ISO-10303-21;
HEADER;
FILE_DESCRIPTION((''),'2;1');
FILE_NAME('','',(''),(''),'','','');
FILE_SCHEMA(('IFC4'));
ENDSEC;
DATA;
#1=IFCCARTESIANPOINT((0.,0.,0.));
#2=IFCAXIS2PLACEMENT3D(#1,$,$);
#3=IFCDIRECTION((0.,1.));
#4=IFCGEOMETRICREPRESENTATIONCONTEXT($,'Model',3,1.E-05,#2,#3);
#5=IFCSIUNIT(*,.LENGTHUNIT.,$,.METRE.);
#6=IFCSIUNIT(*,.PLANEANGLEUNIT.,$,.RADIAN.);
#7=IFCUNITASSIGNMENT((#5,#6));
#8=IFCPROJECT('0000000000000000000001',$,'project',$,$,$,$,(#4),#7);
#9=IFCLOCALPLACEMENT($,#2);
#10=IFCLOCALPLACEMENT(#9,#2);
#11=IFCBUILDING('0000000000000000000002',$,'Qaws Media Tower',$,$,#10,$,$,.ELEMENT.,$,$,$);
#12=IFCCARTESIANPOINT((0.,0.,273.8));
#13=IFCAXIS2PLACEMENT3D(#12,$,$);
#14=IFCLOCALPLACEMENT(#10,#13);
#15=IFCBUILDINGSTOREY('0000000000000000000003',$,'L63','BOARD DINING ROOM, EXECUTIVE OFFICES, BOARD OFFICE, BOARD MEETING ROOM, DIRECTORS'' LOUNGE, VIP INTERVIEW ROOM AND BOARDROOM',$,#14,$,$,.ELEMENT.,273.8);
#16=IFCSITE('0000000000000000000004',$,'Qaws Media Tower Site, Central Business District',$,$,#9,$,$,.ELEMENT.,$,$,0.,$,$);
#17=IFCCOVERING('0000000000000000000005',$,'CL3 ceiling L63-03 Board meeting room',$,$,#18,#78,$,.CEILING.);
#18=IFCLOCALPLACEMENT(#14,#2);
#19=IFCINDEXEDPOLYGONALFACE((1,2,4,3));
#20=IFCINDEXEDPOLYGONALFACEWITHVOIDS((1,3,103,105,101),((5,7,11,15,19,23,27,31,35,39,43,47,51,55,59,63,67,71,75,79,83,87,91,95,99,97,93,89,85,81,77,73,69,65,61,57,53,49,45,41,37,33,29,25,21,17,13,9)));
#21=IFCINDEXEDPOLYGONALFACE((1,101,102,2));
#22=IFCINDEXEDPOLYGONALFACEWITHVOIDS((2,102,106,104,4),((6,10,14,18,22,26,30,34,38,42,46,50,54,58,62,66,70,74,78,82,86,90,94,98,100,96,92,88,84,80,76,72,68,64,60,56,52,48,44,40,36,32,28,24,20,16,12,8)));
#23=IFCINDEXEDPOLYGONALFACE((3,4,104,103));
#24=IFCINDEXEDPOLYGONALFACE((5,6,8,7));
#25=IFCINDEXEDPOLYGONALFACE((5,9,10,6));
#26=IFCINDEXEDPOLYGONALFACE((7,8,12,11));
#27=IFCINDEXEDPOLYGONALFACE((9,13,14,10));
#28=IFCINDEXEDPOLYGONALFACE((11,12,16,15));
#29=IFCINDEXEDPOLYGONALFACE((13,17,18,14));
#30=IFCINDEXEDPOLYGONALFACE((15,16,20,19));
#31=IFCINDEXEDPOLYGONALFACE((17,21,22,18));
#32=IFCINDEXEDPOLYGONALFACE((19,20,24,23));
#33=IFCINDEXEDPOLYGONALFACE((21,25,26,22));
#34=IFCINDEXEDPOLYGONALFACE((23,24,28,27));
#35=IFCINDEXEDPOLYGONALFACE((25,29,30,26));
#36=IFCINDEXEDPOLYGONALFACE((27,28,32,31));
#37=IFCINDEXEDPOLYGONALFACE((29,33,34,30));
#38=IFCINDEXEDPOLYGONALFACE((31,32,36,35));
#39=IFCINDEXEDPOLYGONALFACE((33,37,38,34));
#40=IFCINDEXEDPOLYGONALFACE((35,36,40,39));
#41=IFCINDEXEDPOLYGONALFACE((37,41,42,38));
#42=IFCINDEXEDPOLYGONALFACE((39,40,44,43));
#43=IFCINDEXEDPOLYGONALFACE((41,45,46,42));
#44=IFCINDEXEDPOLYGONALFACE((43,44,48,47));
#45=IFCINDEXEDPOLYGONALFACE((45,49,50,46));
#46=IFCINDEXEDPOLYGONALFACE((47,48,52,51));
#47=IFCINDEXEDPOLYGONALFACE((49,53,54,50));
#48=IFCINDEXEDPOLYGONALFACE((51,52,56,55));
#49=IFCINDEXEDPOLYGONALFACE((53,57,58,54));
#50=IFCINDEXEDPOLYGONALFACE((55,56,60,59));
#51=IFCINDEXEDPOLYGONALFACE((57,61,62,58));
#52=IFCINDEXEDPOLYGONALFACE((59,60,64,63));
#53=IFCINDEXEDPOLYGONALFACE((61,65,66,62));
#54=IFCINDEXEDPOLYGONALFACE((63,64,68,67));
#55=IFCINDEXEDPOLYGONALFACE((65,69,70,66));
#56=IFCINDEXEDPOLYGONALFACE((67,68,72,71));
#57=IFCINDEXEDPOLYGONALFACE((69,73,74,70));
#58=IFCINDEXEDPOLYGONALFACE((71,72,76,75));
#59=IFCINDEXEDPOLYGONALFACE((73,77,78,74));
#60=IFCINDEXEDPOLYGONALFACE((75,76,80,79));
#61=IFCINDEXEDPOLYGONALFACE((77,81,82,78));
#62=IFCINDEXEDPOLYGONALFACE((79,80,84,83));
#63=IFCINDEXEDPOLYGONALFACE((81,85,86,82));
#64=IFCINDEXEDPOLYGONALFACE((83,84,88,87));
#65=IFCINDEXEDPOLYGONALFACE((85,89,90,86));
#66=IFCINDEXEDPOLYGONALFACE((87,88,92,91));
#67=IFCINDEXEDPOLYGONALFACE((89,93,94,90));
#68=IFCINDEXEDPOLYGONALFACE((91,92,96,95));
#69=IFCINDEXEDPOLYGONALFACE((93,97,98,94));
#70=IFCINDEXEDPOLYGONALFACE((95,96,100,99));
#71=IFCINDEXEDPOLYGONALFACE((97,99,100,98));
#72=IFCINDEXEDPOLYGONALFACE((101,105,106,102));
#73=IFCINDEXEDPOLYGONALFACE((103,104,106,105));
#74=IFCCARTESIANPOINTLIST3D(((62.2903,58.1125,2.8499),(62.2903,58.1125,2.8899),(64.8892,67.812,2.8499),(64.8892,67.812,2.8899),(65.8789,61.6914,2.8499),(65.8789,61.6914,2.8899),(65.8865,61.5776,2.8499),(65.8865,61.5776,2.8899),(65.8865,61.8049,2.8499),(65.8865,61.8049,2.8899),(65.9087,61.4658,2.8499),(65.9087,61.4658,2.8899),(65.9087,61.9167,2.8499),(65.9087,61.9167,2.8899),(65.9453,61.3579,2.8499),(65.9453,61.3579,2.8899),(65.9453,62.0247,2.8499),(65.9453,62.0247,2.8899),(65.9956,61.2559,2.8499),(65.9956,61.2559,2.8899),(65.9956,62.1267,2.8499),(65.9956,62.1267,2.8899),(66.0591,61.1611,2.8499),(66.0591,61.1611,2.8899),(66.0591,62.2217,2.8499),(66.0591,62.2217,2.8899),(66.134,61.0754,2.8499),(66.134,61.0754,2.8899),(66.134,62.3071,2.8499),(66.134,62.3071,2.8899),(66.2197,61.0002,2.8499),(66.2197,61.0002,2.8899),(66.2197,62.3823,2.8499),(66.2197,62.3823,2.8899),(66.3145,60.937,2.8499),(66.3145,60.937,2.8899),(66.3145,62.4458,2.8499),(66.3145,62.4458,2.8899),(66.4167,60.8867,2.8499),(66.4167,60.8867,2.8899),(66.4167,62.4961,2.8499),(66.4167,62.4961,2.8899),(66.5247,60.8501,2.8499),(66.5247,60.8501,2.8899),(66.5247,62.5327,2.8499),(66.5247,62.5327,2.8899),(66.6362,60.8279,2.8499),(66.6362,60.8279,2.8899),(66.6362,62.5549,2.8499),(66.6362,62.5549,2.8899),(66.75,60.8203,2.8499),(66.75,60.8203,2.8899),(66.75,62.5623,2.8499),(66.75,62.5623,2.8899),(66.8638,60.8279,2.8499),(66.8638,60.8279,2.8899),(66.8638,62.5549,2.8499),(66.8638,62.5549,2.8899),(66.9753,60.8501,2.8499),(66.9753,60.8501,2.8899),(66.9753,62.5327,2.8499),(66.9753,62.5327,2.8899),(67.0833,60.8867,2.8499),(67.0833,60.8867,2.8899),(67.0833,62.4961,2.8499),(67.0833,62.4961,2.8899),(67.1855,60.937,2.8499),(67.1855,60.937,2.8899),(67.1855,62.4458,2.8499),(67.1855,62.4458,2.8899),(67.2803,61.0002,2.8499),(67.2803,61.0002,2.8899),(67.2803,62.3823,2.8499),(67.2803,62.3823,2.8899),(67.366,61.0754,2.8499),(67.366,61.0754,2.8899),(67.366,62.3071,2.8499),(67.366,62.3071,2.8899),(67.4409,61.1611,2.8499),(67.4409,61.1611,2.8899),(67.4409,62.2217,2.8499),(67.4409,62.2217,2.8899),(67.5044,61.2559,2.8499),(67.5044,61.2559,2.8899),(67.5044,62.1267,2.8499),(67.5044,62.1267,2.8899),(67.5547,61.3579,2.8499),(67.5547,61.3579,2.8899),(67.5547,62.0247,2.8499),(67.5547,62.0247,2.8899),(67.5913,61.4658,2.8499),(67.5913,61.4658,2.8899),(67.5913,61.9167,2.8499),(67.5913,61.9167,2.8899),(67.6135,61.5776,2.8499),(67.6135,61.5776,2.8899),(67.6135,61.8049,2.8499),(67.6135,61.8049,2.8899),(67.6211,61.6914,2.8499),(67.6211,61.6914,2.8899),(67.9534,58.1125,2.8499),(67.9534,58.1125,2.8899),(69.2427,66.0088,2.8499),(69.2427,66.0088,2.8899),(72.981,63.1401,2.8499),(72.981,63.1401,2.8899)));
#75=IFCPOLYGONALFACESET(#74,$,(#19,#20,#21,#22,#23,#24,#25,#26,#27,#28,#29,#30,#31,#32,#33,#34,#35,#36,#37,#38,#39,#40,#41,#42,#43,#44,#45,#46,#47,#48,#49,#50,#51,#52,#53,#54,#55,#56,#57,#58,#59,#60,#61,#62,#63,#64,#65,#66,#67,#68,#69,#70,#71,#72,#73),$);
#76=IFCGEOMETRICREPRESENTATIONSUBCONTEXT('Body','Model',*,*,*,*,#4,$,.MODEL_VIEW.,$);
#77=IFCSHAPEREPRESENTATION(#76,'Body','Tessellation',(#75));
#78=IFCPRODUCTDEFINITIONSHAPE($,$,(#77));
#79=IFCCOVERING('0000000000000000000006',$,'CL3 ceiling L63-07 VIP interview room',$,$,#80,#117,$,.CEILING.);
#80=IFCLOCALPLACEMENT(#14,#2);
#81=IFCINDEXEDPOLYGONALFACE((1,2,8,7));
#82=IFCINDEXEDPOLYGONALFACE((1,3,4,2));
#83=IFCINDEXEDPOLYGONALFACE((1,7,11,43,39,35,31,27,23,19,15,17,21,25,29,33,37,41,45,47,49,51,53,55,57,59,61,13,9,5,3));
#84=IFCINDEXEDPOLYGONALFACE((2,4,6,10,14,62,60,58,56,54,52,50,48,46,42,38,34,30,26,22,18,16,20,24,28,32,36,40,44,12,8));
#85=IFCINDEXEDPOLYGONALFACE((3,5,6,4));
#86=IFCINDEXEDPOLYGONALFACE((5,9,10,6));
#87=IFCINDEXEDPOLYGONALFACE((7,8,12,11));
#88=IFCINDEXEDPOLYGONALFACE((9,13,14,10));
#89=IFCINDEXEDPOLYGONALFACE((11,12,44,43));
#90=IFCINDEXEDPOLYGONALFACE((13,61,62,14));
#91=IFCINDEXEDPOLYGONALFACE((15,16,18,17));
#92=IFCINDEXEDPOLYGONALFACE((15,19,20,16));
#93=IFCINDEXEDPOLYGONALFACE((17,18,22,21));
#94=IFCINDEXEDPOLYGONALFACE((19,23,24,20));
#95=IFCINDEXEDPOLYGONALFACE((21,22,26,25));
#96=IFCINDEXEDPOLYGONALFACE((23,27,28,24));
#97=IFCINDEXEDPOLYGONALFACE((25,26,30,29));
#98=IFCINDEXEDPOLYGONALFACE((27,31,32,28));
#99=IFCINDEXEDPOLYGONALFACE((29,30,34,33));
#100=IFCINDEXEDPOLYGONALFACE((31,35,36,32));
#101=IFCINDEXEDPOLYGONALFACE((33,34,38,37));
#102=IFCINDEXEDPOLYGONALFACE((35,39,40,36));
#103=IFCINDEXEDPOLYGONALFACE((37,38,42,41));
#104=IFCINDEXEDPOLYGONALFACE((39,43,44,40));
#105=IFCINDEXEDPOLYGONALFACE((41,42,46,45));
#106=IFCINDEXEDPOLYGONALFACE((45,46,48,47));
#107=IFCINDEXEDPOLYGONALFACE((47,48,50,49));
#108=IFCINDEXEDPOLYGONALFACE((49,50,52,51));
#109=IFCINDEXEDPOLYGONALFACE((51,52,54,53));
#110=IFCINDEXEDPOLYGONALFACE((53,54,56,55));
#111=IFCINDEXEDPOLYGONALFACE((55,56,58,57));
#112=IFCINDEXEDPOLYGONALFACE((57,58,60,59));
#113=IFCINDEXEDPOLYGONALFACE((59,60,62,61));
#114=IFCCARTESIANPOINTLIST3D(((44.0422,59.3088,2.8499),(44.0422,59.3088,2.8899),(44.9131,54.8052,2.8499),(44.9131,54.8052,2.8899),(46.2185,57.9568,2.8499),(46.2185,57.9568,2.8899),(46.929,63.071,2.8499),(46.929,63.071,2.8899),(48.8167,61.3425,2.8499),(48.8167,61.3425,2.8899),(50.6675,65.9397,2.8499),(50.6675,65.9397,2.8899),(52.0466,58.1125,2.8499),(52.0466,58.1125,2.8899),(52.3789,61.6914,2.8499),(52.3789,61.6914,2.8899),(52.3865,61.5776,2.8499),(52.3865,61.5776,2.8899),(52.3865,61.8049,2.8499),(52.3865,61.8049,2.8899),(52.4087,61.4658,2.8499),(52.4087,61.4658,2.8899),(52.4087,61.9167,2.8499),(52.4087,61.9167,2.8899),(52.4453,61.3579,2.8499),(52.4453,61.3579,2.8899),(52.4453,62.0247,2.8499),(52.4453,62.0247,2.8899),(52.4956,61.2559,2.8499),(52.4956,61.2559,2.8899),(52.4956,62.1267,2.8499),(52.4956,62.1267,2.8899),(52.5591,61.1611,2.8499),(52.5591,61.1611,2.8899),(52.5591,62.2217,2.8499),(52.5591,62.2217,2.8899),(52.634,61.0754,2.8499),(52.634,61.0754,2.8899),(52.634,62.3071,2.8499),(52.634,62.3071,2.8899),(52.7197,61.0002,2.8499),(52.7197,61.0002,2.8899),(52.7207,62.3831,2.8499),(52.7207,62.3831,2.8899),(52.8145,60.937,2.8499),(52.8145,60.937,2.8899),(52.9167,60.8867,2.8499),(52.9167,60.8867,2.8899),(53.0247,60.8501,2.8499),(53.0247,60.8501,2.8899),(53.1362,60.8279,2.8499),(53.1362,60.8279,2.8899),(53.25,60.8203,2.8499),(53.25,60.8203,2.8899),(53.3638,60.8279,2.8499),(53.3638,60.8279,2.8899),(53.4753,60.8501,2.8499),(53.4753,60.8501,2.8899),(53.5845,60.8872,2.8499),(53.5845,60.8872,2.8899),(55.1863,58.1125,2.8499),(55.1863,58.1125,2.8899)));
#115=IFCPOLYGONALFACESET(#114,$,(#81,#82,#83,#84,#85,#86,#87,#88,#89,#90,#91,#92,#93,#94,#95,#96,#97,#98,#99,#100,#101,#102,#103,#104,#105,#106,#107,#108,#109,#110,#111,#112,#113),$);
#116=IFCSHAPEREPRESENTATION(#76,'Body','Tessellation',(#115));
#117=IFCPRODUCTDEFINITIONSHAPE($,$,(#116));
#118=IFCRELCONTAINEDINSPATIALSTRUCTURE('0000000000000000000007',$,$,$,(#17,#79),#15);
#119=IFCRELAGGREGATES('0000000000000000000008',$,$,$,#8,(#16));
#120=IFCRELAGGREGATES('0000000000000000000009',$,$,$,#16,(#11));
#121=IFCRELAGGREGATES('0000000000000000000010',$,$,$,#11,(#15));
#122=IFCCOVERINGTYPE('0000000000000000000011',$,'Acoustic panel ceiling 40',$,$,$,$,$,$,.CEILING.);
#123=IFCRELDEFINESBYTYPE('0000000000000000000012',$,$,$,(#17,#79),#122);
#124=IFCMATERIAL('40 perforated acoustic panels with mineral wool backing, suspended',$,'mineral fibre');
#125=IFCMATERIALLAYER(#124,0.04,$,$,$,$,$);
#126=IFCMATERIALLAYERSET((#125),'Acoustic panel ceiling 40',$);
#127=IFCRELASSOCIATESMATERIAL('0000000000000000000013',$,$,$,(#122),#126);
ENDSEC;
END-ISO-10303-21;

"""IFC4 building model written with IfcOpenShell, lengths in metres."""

from ifc_helpers import new_model, si_unit, direction, frame, origin, place, context, subcontext, project, spatial, polyline, outline, extrude, material, layer, layer_set, type_object, element, save


model = new_model("IFC4")

# Units and contexts
model_context = context("Model", 3, precision=1e-05, world=origin(), true_north=direction((0.0, 1.0)))
body_context = subcontext(model_context, "Body", "Model", "MODEL_VIEW")
ifc_project = project(units=[si_unit("LENGTHUNIT", "METRE"), si_unit("PLANEANGLEUNIT", "RADIAN")], contexts=[model_context])

# Site, building, storey
site_placement = place(None, origin())
site = spatial("IfcSite", under=ifc_project, at=site_placement, Name="Qaws Media Tower Site, Central Business District", CompositionType="ELEMENT", RefElevation=0.0)
building_placement = place(site_placement, origin())
building = spatial("IfcBuilding", under=site, at=building_placement, Name="Qaws Media Tower", CompositionType="ELEMENT")
storey_placement = place(building_placement, frame((0.0, 0.0, 273.8)))
storey = spatial("IfcBuildingStorey", under=building, at=storey_placement, Name="L63", Description="BOARD DINING ROOM, EXECUTIVE OFFICES, BOARD OFFICE, BOARD MEETING ROOM, DIRECTORS' LOUNGE, VIP INTERVIEW ROOM AND BOARDROOM", CompositionType="ELEMENT", Elevation=273.8)

# Coverings
ifc_material_1 = material(Name="40 perforated acoustic panels with mineral wool backing, suspended", Category="mineral fibre")
ifc_layer_1 = layer(ifc_material_1, 0.04)
ifc_layer_set_1 = layer_set([ifc_layer_1], Name="Acoustic panel ceiling 40")
covering_type_1 = type_object("IfcCoveringType", Name="Acoustic panel ceiling 40", PredefinedType="CEILING", material=ifc_layer_set_1)
covering_1_placement = place(storey_placement, frame((0.0, 0.0, 2.8499)))
element("IfcCovering", 1, at=covering_1_placement, inside=storey, type_object=covering_type_1, Name="CL3 ceiling L63-03 Board meeting room", PredefinedType="CEILING", context=body_context, shape_type="SweptSolid", body=[
    extrude(outline(polyline([(69.2427, 66.0088), (72.981, 63.1401), (67.9534, 58.1125), (62.2903, 58.1125), (64.8892, 67.812), (69.2427, 66.0088)]), holes=[polyline([(67.5547, 61.3579), (67.5913, 61.4658), (67.6135, 61.5776), (67.6211, 61.6914), (67.6135, 61.8049), (67.5913, 61.9167), (67.5547, 62.0247), (67.5044, 62.1267), (67.4409, 62.2217), (67.366, 62.3071), (67.2803, 62.3823), (67.1855, 62.4458), (67.0833, 62.4961), (66.9753, 62.5327), (66.8638, 62.5549), (66.75, 62.5623), (66.6362, 62.5549), (66.5247, 62.5327), (66.4167, 62.4961), (66.3145, 62.4458), (66.2197, 62.3823), (66.134, 62.3071), (66.0591, 62.2217), (65.9956, 62.1267), (65.9453, 62.0247), (65.9087, 61.9167), (65.8865, 61.8049), (65.8789, 61.6914), (65.8865, 61.5776), (65.9087, 61.4658), (65.9453, 61.3579), (65.9956, 61.2559), (66.0591, 61.1611), (66.134, 61.0754), (66.2197, 61.0002), (66.3145, 60.937), (66.4167, 60.8867), (66.5247, 60.8501), (66.6362, 60.8279), (66.75, 60.8203), (66.8638, 60.8279), (66.9753, 60.8501), (67.0833, 60.8867), (67.1855, 60.937), (67.2803, 61.0002), (67.366, 61.0754), (67.4409, 61.1611), (67.5044, 61.2559), (67.5547, 61.3579)])]), origin(), (0.0, 0.0, 1.0), 0.04),
])
covering_2_placement = place(storey_placement, frame((0.0, 0.0, 2.8499)))
element("IfcCovering", 2, at=covering_2_placement, inside=storey, type_object=covering_type_1, Name="CL3 ceiling L63-07 VIP interview room", PredefinedType="CEILING", context=body_context, shape_type="SweptSolid", body=[
    extrude(outline(polyline([(46.929, 63.071), (50.6675, 65.9397), (52.7207, 62.3831), (52.634, 62.3071), (52.5591, 62.2217), (52.4956, 62.1267), (52.4453, 62.0247), (52.4087, 61.9167), (52.3865, 61.8049), (52.3789, 61.6914), (52.3865, 61.5776), (52.4087, 61.4658), (52.4453, 61.3579), (52.4956, 61.2559), (52.5591, 61.1611), (52.634, 61.0754), (52.7197, 61.0002), (52.8145, 60.937), (52.9167, 60.8867), (53.0247, 60.8501), (53.1362, 60.8279), (53.25, 60.8203), (53.3638, 60.8279), (53.4753, 60.8501), (53.5845, 60.8872), (55.1863, 58.1125), (52.0466, 58.1125), (48.8167, 61.3425), (46.2185, 57.9568), (44.9131, 54.8052), (44.0422, 59.3088), (46.929, 63.071)])), origin(), (0.0, 0.0, 1.0), 0.04),
])

save(model, "model.ifc")
